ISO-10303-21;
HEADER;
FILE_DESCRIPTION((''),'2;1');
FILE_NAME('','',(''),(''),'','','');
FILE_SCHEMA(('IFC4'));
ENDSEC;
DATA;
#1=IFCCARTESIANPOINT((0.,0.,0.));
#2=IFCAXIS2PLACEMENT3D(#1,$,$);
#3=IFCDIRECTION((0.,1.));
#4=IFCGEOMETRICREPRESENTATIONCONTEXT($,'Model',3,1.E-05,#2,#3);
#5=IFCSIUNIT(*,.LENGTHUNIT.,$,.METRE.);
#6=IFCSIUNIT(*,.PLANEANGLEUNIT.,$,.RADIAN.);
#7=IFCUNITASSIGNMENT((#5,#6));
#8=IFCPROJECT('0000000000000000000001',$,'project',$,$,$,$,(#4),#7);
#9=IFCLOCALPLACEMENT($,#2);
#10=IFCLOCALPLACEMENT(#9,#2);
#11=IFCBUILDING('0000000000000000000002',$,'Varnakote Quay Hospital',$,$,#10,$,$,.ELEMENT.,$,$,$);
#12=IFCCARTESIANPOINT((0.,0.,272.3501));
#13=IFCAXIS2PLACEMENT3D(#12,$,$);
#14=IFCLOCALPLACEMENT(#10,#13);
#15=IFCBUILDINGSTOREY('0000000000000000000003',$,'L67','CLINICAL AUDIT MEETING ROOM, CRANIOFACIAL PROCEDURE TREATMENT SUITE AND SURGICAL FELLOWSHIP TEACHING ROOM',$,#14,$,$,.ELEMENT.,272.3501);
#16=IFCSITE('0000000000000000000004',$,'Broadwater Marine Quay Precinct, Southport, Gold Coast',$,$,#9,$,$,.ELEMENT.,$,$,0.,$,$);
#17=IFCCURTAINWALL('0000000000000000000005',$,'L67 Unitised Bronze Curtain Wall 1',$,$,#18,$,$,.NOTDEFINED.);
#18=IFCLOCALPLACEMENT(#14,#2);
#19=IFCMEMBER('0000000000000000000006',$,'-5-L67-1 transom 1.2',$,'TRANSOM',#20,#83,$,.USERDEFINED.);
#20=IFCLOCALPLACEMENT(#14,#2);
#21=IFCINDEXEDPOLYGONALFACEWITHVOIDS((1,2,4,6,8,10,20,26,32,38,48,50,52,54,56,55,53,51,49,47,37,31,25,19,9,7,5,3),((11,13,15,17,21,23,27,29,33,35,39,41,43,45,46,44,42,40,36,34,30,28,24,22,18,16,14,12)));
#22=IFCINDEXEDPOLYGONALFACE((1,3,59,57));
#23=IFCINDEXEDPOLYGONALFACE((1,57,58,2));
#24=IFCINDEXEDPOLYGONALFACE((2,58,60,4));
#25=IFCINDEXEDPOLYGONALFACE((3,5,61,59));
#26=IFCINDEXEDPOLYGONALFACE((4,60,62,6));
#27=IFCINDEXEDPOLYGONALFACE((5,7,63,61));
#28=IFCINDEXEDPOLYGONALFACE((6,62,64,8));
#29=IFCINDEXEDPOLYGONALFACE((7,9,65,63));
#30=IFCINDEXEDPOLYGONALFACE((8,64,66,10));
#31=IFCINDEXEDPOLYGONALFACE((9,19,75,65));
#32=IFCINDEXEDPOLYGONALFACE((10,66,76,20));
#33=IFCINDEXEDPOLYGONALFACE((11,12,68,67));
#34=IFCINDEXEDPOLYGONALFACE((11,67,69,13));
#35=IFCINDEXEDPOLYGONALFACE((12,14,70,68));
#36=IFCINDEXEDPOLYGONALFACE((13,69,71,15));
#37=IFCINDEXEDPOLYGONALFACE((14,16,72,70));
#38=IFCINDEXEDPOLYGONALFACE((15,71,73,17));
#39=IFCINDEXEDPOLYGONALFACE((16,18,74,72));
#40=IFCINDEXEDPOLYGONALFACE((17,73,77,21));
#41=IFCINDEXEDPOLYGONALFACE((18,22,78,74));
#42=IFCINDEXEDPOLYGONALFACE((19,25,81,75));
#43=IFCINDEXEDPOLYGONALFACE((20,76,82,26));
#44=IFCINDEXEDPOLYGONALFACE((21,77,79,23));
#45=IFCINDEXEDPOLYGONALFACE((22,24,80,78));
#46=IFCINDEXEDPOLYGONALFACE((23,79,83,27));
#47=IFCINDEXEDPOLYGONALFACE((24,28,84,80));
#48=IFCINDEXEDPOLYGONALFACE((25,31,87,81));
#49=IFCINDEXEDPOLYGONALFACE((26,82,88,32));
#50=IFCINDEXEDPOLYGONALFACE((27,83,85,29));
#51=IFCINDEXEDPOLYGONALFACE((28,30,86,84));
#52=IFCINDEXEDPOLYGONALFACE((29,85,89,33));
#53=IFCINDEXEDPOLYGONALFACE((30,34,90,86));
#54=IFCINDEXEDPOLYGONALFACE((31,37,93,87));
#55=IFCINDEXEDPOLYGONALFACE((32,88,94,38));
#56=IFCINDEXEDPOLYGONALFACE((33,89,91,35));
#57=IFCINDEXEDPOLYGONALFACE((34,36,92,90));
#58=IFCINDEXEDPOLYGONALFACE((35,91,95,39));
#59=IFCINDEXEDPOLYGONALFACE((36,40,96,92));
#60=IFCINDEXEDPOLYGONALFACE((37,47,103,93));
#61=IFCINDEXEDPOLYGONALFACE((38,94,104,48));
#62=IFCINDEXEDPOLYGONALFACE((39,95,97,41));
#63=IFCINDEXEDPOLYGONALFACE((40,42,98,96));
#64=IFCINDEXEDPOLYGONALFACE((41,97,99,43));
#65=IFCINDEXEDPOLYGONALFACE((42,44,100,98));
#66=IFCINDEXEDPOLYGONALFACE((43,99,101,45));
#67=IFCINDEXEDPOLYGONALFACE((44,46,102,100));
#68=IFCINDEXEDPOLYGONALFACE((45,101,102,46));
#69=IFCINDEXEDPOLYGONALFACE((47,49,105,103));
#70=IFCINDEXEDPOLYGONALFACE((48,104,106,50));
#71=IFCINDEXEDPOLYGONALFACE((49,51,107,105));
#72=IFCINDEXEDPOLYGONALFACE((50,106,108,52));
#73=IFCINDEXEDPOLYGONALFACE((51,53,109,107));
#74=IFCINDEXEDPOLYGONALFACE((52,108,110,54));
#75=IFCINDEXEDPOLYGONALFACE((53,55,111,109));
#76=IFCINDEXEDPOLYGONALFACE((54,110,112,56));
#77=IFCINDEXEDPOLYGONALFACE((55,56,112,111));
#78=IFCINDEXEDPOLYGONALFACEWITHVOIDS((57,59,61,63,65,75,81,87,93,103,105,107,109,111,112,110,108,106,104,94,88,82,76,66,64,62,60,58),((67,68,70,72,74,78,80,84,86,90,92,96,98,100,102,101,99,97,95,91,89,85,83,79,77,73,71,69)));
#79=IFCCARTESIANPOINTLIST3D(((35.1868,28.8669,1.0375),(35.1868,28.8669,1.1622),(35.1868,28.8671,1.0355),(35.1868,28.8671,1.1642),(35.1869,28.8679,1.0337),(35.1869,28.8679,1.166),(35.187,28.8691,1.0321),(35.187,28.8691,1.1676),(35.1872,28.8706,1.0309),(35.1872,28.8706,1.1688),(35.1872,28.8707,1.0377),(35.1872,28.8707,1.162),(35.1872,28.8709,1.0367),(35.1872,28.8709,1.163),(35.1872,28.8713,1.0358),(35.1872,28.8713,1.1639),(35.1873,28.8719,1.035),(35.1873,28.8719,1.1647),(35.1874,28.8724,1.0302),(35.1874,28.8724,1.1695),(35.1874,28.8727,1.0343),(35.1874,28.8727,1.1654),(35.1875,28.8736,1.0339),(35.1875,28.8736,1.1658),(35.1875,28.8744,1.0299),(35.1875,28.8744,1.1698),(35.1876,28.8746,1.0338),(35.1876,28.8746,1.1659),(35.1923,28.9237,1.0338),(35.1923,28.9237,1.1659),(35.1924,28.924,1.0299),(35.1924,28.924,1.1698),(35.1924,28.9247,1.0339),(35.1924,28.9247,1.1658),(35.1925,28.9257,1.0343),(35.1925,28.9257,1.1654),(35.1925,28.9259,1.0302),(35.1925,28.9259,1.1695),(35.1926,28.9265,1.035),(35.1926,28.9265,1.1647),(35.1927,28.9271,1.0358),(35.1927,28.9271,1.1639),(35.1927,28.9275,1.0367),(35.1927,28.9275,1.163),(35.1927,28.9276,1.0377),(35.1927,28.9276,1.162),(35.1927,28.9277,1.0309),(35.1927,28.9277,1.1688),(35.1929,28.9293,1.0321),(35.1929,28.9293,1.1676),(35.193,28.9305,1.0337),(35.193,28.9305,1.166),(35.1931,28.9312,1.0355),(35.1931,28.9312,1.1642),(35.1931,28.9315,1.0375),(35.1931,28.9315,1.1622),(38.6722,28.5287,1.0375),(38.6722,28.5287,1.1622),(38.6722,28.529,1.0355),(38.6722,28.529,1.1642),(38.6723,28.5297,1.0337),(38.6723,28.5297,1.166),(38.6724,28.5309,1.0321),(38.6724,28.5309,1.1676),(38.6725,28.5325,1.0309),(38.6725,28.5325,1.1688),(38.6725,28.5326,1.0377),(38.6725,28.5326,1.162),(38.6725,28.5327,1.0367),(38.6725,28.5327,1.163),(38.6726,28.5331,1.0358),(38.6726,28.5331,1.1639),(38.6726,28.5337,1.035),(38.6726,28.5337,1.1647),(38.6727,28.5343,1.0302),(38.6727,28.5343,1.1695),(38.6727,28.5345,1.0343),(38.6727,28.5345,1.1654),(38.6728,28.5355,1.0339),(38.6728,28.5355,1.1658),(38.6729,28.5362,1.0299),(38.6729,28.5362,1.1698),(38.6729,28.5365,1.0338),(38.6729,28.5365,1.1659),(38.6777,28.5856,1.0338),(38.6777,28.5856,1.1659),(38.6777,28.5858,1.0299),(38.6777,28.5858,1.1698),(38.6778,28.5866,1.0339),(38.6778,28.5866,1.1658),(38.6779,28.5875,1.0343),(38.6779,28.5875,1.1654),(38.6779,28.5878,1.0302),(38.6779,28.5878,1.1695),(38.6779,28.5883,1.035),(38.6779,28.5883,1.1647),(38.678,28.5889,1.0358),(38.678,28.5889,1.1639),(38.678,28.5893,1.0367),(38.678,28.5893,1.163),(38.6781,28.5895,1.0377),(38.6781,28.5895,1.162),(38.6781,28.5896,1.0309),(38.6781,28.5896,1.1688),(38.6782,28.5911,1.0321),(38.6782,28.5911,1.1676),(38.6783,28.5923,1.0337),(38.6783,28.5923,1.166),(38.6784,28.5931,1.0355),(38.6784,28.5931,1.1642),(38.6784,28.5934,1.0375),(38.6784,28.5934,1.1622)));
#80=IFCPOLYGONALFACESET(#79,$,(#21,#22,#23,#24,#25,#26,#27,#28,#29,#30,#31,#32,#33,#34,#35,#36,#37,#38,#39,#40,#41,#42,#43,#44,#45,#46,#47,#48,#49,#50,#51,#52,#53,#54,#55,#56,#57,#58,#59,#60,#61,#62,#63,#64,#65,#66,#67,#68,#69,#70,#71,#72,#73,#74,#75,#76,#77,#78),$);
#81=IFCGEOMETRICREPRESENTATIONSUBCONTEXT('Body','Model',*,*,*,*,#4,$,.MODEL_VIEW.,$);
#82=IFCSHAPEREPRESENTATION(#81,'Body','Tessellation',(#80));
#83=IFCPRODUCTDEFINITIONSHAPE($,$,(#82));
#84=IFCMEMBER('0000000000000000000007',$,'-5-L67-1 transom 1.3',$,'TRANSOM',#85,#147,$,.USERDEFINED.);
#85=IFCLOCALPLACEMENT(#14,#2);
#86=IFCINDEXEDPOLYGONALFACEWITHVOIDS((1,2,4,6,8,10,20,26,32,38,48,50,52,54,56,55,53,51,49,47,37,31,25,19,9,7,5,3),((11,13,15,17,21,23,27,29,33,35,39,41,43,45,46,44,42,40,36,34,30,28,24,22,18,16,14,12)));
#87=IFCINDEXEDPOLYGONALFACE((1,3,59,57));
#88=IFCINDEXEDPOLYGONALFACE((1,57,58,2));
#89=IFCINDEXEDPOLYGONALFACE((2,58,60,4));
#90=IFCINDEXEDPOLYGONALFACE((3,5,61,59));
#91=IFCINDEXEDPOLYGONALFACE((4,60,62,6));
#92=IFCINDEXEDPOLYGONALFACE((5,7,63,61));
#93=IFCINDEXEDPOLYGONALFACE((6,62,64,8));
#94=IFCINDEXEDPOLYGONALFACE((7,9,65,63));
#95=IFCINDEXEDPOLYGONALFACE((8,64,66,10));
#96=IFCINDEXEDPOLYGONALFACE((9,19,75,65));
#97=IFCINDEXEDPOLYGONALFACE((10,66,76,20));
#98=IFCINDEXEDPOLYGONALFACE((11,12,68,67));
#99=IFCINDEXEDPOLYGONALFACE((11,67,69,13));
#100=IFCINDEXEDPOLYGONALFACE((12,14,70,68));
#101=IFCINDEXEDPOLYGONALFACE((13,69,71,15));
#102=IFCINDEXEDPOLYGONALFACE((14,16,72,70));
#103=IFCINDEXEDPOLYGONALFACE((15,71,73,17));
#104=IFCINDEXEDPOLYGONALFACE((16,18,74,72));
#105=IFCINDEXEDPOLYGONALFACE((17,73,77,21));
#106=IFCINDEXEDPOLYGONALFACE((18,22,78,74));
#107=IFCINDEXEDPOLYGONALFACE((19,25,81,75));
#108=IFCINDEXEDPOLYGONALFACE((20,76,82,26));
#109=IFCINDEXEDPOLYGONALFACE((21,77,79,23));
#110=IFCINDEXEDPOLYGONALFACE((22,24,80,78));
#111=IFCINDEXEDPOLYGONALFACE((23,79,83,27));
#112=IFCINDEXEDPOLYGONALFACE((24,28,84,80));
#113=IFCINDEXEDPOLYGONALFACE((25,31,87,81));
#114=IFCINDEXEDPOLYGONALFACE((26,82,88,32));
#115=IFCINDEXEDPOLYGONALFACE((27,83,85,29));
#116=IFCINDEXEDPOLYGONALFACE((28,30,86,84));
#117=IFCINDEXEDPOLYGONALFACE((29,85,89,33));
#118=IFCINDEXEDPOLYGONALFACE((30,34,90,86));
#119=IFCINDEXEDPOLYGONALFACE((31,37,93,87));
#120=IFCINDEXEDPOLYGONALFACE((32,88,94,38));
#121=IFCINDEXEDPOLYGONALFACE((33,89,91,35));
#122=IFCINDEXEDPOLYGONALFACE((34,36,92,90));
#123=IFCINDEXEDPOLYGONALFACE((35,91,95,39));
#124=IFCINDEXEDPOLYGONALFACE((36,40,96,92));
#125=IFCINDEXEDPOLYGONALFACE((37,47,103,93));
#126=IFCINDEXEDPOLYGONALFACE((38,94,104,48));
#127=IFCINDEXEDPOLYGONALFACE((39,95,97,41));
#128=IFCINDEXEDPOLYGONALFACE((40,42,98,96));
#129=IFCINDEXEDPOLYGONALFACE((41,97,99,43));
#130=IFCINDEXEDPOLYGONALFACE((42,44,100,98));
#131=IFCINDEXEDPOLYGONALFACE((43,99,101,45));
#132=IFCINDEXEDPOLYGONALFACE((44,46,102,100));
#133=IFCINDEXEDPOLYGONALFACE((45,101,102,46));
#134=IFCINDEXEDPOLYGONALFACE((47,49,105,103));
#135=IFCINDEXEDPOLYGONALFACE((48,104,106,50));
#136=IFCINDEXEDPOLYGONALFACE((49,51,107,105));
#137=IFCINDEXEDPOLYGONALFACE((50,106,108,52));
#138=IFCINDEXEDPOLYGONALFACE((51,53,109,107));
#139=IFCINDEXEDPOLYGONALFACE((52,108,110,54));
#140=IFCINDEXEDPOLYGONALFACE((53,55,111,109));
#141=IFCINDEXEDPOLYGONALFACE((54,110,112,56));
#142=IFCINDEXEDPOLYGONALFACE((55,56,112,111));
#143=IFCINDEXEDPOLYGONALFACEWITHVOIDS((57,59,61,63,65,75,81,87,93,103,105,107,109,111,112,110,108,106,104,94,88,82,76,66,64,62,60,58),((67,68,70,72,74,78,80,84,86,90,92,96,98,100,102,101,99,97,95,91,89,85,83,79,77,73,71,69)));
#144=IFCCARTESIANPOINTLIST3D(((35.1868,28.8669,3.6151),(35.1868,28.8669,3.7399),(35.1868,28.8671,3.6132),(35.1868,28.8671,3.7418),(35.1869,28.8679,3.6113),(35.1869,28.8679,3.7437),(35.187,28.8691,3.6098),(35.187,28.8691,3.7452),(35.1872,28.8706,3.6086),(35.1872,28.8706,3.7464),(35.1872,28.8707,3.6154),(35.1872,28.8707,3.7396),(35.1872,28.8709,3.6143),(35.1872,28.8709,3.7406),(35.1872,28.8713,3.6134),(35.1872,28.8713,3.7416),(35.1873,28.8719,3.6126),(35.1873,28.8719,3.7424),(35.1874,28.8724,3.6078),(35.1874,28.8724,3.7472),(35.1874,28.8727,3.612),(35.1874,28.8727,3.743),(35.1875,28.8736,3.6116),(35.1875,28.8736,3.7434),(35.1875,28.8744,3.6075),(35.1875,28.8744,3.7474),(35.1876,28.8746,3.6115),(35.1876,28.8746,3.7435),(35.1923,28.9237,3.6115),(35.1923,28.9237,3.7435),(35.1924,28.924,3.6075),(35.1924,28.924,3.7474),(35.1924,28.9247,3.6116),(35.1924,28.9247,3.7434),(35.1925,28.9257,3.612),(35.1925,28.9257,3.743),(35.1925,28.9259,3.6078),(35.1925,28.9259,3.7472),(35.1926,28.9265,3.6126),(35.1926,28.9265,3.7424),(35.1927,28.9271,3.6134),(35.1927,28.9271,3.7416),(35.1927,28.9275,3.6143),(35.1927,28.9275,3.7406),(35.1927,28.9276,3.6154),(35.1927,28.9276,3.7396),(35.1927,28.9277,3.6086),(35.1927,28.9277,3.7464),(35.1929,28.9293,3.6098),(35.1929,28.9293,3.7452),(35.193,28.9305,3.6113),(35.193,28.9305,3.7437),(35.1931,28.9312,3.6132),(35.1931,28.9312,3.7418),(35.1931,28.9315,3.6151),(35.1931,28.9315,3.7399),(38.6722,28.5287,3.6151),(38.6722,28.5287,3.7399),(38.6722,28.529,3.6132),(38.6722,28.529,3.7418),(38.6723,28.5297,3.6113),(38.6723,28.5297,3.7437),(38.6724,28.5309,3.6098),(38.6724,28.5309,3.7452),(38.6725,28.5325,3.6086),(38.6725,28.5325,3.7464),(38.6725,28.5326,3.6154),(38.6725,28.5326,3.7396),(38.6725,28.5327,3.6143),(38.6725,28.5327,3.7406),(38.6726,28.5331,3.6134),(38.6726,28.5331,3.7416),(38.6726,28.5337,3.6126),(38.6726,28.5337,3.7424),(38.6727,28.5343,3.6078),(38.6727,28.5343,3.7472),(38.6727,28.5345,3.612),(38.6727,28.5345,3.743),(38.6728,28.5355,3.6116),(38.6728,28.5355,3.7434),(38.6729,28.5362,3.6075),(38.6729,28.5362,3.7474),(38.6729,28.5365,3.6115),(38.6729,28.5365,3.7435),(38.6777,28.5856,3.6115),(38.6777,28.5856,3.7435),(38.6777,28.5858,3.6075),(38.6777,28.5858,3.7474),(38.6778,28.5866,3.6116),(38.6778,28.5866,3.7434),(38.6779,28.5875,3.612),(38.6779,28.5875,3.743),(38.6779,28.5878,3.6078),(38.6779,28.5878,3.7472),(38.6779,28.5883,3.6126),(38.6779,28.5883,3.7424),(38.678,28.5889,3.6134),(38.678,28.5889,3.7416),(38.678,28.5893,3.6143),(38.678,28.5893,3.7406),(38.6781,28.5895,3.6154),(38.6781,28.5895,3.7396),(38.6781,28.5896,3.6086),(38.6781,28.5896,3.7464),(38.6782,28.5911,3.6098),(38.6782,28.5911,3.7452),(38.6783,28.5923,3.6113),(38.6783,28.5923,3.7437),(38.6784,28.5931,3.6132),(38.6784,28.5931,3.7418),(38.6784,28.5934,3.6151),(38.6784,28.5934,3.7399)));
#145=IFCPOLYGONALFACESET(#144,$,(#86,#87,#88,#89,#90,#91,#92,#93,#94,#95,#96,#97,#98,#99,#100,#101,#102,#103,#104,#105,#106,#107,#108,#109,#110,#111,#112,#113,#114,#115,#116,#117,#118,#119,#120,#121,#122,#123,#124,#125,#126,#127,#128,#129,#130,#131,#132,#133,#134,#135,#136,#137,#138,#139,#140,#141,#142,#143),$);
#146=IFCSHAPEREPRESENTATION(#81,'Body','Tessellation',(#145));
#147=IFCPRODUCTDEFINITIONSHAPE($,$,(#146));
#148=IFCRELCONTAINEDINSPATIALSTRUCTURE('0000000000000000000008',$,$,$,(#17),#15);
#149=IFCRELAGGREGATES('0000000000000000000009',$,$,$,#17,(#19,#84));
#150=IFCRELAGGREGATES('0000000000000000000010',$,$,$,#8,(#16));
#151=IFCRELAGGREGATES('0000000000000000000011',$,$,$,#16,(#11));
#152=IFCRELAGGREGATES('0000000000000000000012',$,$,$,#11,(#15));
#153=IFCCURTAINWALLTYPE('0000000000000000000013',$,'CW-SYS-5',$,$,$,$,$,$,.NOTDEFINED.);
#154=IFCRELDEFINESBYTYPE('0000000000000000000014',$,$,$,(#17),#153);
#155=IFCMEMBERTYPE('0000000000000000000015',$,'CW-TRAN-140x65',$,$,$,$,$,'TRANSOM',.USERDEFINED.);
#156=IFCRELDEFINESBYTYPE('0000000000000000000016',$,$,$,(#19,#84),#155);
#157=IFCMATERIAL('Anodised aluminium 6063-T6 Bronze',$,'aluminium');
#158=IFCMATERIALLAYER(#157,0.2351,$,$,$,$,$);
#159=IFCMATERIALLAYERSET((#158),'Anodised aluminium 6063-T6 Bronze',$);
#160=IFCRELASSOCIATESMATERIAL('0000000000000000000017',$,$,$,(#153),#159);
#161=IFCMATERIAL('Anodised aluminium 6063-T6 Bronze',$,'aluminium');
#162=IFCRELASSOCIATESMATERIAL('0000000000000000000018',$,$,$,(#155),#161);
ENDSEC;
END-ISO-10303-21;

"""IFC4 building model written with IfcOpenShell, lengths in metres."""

from ifc_helpers import new_model, si_unit, direction, frame, origin, origin_2d, place, context, subcontext, project, spatial, hollow_rectangle, extrude, material, layer, layer_set, material_profile, profile_set, type_object, element, aggregate, save


model = new_model("IFC4")

# Units and contexts
model_context = context("Model", 3, precision=1e-05, world=origin(), true_north=direction((0.0, 1.0)))
body_context = subcontext(model_context, "Body", "Model", "MODEL_VIEW")
ifc_project = project(units=[si_unit("LENGTHUNIT", "METRE"), si_unit("PLANEANGLEUNIT", "RADIAN")], contexts=[model_context])

# Site, building, storey
site_placement = place(None, origin())
site = spatial("IfcSite", under=ifc_project, at=site_placement, Name="Broadwater Marine Quay Precinct, Southport, Gold Coast", CompositionType="ELEMENT", RefElevation=0.0)
building_placement = place(site_placement, origin())
building = spatial("IfcBuilding", under=site, at=building_placement, Name="Varnakote Quay Hospital", CompositionType="ELEMENT")
storey_placement = place(building_placement, frame((0.0, 0.0, 272.3501)))
storey = spatial("IfcBuildingStorey", under=building, at=storey_placement, Name="L67", Description="CLINICAL AUDIT MEETING ROOM, CRANIOFACIAL PROCEDURE TREATMENT SUITE AND SURGICAL FELLOWSHIP TEACHING ROOM", CompositionType="ELEMENT", Elevation=272.3501)

# Curtain wall, members
ifc_material_1 = material(Name="Anodised aluminium 6063-T6 Bronze", Category="aluminium")
ifc_layer_1 = layer(ifc_material_1, 0.2351)
ifc_layer_set_1 = layer_set([ifc_layer_1], Name="Anodised aluminium 6063-T6 Bronze")
curtain_wall_type = type_object("IfcCurtainWallType", Name="CW-SYS-5", PredefinedType="NOTDEFINED", material=ifc_layer_set_1)
curtain_wall_placement = place(storey_placement, origin())
curtain_wall = element("IfcCurtainWall", 1, at=curtain_wall_placement, inside=storey, type_object=curtain_wall_type, Name="L67 Unitised Bronze Curtain Wall 1", PredefinedType="NOTDEFINED")
ifc_material_2 = material(Name="Anodised aluminium 6063-T6 Bronze", Category="aluminium")
ifc_material_profile_1 = material_profile(ifc_material_2, hollow_rectangle(XDim=0.0649, YDim=0.1399, WallThickness=0.0039, InnerFilletRadius=0.0039, OuterFilletRadius=0.0076, at=origin_2d()), Name="CW-TRAN-140x65")
ifc_profile_set_1 = profile_set([ifc_material_profile_1], Name="Anodised aluminium 6063-T6 Bronze")
member_type_1 = type_object("IfcMemberType", Name="CW-TRAN-140x65", ElementType="TRANSOM", PredefinedType="USERDEFINED", material=ifc_profile_set_1)
member_1_placement = place(storey_placement, frame((38.6753, 28.561, 1.0999), z_axis=(-0.995327, 0.096563, 0.0), x_axis=(-0.096563, -0.995327, 0.0)))
member_1 = element("IfcMember", 2, at=member_1_placement, type_object=member_type_1, Name="-5-L67-1 transom 1.2", ObjectType="TRANSOM", PredefinedType="USERDEFINED", context=body_context, shape_type="SweptSolid", body=[
    extrude(hollow_rectangle(XDim=0.0649, YDim=0.1399, WallThickness=0.0039, InnerFilletRadius=0.0039, OuterFilletRadius=0.0076, at=origin_2d()), origin(), (0.0, 0.0, 1.0), 3.5017),
])
member_2_placement = place(storey_placement, frame((38.6753, 28.561, 3.6775), z_axis=(-0.995327, 0.096563, 0.0), x_axis=(-0.096563, -0.995327, 0.0)))
member_2 = element("IfcMember", 3, at=member_2_placement, type_object=member_type_1, Name="-5-L67-1 transom 1.3", ObjectType="TRANSOM", PredefinedType="USERDEFINED", context=body_context, shape_type="SweptSolid", body=[
    extrude(hollow_rectangle(XDim=0.0649, YDim=0.1399, WallThickness=0.0039, InnerFilletRadius=0.0039, OuterFilletRadius=0.0076, at=origin_2d()), origin(), (0.0, 0.0, 1.0), 3.5017),
])
aggregate(curtain_wall, [member_1, member_2])

save(model, "model.ifc")
